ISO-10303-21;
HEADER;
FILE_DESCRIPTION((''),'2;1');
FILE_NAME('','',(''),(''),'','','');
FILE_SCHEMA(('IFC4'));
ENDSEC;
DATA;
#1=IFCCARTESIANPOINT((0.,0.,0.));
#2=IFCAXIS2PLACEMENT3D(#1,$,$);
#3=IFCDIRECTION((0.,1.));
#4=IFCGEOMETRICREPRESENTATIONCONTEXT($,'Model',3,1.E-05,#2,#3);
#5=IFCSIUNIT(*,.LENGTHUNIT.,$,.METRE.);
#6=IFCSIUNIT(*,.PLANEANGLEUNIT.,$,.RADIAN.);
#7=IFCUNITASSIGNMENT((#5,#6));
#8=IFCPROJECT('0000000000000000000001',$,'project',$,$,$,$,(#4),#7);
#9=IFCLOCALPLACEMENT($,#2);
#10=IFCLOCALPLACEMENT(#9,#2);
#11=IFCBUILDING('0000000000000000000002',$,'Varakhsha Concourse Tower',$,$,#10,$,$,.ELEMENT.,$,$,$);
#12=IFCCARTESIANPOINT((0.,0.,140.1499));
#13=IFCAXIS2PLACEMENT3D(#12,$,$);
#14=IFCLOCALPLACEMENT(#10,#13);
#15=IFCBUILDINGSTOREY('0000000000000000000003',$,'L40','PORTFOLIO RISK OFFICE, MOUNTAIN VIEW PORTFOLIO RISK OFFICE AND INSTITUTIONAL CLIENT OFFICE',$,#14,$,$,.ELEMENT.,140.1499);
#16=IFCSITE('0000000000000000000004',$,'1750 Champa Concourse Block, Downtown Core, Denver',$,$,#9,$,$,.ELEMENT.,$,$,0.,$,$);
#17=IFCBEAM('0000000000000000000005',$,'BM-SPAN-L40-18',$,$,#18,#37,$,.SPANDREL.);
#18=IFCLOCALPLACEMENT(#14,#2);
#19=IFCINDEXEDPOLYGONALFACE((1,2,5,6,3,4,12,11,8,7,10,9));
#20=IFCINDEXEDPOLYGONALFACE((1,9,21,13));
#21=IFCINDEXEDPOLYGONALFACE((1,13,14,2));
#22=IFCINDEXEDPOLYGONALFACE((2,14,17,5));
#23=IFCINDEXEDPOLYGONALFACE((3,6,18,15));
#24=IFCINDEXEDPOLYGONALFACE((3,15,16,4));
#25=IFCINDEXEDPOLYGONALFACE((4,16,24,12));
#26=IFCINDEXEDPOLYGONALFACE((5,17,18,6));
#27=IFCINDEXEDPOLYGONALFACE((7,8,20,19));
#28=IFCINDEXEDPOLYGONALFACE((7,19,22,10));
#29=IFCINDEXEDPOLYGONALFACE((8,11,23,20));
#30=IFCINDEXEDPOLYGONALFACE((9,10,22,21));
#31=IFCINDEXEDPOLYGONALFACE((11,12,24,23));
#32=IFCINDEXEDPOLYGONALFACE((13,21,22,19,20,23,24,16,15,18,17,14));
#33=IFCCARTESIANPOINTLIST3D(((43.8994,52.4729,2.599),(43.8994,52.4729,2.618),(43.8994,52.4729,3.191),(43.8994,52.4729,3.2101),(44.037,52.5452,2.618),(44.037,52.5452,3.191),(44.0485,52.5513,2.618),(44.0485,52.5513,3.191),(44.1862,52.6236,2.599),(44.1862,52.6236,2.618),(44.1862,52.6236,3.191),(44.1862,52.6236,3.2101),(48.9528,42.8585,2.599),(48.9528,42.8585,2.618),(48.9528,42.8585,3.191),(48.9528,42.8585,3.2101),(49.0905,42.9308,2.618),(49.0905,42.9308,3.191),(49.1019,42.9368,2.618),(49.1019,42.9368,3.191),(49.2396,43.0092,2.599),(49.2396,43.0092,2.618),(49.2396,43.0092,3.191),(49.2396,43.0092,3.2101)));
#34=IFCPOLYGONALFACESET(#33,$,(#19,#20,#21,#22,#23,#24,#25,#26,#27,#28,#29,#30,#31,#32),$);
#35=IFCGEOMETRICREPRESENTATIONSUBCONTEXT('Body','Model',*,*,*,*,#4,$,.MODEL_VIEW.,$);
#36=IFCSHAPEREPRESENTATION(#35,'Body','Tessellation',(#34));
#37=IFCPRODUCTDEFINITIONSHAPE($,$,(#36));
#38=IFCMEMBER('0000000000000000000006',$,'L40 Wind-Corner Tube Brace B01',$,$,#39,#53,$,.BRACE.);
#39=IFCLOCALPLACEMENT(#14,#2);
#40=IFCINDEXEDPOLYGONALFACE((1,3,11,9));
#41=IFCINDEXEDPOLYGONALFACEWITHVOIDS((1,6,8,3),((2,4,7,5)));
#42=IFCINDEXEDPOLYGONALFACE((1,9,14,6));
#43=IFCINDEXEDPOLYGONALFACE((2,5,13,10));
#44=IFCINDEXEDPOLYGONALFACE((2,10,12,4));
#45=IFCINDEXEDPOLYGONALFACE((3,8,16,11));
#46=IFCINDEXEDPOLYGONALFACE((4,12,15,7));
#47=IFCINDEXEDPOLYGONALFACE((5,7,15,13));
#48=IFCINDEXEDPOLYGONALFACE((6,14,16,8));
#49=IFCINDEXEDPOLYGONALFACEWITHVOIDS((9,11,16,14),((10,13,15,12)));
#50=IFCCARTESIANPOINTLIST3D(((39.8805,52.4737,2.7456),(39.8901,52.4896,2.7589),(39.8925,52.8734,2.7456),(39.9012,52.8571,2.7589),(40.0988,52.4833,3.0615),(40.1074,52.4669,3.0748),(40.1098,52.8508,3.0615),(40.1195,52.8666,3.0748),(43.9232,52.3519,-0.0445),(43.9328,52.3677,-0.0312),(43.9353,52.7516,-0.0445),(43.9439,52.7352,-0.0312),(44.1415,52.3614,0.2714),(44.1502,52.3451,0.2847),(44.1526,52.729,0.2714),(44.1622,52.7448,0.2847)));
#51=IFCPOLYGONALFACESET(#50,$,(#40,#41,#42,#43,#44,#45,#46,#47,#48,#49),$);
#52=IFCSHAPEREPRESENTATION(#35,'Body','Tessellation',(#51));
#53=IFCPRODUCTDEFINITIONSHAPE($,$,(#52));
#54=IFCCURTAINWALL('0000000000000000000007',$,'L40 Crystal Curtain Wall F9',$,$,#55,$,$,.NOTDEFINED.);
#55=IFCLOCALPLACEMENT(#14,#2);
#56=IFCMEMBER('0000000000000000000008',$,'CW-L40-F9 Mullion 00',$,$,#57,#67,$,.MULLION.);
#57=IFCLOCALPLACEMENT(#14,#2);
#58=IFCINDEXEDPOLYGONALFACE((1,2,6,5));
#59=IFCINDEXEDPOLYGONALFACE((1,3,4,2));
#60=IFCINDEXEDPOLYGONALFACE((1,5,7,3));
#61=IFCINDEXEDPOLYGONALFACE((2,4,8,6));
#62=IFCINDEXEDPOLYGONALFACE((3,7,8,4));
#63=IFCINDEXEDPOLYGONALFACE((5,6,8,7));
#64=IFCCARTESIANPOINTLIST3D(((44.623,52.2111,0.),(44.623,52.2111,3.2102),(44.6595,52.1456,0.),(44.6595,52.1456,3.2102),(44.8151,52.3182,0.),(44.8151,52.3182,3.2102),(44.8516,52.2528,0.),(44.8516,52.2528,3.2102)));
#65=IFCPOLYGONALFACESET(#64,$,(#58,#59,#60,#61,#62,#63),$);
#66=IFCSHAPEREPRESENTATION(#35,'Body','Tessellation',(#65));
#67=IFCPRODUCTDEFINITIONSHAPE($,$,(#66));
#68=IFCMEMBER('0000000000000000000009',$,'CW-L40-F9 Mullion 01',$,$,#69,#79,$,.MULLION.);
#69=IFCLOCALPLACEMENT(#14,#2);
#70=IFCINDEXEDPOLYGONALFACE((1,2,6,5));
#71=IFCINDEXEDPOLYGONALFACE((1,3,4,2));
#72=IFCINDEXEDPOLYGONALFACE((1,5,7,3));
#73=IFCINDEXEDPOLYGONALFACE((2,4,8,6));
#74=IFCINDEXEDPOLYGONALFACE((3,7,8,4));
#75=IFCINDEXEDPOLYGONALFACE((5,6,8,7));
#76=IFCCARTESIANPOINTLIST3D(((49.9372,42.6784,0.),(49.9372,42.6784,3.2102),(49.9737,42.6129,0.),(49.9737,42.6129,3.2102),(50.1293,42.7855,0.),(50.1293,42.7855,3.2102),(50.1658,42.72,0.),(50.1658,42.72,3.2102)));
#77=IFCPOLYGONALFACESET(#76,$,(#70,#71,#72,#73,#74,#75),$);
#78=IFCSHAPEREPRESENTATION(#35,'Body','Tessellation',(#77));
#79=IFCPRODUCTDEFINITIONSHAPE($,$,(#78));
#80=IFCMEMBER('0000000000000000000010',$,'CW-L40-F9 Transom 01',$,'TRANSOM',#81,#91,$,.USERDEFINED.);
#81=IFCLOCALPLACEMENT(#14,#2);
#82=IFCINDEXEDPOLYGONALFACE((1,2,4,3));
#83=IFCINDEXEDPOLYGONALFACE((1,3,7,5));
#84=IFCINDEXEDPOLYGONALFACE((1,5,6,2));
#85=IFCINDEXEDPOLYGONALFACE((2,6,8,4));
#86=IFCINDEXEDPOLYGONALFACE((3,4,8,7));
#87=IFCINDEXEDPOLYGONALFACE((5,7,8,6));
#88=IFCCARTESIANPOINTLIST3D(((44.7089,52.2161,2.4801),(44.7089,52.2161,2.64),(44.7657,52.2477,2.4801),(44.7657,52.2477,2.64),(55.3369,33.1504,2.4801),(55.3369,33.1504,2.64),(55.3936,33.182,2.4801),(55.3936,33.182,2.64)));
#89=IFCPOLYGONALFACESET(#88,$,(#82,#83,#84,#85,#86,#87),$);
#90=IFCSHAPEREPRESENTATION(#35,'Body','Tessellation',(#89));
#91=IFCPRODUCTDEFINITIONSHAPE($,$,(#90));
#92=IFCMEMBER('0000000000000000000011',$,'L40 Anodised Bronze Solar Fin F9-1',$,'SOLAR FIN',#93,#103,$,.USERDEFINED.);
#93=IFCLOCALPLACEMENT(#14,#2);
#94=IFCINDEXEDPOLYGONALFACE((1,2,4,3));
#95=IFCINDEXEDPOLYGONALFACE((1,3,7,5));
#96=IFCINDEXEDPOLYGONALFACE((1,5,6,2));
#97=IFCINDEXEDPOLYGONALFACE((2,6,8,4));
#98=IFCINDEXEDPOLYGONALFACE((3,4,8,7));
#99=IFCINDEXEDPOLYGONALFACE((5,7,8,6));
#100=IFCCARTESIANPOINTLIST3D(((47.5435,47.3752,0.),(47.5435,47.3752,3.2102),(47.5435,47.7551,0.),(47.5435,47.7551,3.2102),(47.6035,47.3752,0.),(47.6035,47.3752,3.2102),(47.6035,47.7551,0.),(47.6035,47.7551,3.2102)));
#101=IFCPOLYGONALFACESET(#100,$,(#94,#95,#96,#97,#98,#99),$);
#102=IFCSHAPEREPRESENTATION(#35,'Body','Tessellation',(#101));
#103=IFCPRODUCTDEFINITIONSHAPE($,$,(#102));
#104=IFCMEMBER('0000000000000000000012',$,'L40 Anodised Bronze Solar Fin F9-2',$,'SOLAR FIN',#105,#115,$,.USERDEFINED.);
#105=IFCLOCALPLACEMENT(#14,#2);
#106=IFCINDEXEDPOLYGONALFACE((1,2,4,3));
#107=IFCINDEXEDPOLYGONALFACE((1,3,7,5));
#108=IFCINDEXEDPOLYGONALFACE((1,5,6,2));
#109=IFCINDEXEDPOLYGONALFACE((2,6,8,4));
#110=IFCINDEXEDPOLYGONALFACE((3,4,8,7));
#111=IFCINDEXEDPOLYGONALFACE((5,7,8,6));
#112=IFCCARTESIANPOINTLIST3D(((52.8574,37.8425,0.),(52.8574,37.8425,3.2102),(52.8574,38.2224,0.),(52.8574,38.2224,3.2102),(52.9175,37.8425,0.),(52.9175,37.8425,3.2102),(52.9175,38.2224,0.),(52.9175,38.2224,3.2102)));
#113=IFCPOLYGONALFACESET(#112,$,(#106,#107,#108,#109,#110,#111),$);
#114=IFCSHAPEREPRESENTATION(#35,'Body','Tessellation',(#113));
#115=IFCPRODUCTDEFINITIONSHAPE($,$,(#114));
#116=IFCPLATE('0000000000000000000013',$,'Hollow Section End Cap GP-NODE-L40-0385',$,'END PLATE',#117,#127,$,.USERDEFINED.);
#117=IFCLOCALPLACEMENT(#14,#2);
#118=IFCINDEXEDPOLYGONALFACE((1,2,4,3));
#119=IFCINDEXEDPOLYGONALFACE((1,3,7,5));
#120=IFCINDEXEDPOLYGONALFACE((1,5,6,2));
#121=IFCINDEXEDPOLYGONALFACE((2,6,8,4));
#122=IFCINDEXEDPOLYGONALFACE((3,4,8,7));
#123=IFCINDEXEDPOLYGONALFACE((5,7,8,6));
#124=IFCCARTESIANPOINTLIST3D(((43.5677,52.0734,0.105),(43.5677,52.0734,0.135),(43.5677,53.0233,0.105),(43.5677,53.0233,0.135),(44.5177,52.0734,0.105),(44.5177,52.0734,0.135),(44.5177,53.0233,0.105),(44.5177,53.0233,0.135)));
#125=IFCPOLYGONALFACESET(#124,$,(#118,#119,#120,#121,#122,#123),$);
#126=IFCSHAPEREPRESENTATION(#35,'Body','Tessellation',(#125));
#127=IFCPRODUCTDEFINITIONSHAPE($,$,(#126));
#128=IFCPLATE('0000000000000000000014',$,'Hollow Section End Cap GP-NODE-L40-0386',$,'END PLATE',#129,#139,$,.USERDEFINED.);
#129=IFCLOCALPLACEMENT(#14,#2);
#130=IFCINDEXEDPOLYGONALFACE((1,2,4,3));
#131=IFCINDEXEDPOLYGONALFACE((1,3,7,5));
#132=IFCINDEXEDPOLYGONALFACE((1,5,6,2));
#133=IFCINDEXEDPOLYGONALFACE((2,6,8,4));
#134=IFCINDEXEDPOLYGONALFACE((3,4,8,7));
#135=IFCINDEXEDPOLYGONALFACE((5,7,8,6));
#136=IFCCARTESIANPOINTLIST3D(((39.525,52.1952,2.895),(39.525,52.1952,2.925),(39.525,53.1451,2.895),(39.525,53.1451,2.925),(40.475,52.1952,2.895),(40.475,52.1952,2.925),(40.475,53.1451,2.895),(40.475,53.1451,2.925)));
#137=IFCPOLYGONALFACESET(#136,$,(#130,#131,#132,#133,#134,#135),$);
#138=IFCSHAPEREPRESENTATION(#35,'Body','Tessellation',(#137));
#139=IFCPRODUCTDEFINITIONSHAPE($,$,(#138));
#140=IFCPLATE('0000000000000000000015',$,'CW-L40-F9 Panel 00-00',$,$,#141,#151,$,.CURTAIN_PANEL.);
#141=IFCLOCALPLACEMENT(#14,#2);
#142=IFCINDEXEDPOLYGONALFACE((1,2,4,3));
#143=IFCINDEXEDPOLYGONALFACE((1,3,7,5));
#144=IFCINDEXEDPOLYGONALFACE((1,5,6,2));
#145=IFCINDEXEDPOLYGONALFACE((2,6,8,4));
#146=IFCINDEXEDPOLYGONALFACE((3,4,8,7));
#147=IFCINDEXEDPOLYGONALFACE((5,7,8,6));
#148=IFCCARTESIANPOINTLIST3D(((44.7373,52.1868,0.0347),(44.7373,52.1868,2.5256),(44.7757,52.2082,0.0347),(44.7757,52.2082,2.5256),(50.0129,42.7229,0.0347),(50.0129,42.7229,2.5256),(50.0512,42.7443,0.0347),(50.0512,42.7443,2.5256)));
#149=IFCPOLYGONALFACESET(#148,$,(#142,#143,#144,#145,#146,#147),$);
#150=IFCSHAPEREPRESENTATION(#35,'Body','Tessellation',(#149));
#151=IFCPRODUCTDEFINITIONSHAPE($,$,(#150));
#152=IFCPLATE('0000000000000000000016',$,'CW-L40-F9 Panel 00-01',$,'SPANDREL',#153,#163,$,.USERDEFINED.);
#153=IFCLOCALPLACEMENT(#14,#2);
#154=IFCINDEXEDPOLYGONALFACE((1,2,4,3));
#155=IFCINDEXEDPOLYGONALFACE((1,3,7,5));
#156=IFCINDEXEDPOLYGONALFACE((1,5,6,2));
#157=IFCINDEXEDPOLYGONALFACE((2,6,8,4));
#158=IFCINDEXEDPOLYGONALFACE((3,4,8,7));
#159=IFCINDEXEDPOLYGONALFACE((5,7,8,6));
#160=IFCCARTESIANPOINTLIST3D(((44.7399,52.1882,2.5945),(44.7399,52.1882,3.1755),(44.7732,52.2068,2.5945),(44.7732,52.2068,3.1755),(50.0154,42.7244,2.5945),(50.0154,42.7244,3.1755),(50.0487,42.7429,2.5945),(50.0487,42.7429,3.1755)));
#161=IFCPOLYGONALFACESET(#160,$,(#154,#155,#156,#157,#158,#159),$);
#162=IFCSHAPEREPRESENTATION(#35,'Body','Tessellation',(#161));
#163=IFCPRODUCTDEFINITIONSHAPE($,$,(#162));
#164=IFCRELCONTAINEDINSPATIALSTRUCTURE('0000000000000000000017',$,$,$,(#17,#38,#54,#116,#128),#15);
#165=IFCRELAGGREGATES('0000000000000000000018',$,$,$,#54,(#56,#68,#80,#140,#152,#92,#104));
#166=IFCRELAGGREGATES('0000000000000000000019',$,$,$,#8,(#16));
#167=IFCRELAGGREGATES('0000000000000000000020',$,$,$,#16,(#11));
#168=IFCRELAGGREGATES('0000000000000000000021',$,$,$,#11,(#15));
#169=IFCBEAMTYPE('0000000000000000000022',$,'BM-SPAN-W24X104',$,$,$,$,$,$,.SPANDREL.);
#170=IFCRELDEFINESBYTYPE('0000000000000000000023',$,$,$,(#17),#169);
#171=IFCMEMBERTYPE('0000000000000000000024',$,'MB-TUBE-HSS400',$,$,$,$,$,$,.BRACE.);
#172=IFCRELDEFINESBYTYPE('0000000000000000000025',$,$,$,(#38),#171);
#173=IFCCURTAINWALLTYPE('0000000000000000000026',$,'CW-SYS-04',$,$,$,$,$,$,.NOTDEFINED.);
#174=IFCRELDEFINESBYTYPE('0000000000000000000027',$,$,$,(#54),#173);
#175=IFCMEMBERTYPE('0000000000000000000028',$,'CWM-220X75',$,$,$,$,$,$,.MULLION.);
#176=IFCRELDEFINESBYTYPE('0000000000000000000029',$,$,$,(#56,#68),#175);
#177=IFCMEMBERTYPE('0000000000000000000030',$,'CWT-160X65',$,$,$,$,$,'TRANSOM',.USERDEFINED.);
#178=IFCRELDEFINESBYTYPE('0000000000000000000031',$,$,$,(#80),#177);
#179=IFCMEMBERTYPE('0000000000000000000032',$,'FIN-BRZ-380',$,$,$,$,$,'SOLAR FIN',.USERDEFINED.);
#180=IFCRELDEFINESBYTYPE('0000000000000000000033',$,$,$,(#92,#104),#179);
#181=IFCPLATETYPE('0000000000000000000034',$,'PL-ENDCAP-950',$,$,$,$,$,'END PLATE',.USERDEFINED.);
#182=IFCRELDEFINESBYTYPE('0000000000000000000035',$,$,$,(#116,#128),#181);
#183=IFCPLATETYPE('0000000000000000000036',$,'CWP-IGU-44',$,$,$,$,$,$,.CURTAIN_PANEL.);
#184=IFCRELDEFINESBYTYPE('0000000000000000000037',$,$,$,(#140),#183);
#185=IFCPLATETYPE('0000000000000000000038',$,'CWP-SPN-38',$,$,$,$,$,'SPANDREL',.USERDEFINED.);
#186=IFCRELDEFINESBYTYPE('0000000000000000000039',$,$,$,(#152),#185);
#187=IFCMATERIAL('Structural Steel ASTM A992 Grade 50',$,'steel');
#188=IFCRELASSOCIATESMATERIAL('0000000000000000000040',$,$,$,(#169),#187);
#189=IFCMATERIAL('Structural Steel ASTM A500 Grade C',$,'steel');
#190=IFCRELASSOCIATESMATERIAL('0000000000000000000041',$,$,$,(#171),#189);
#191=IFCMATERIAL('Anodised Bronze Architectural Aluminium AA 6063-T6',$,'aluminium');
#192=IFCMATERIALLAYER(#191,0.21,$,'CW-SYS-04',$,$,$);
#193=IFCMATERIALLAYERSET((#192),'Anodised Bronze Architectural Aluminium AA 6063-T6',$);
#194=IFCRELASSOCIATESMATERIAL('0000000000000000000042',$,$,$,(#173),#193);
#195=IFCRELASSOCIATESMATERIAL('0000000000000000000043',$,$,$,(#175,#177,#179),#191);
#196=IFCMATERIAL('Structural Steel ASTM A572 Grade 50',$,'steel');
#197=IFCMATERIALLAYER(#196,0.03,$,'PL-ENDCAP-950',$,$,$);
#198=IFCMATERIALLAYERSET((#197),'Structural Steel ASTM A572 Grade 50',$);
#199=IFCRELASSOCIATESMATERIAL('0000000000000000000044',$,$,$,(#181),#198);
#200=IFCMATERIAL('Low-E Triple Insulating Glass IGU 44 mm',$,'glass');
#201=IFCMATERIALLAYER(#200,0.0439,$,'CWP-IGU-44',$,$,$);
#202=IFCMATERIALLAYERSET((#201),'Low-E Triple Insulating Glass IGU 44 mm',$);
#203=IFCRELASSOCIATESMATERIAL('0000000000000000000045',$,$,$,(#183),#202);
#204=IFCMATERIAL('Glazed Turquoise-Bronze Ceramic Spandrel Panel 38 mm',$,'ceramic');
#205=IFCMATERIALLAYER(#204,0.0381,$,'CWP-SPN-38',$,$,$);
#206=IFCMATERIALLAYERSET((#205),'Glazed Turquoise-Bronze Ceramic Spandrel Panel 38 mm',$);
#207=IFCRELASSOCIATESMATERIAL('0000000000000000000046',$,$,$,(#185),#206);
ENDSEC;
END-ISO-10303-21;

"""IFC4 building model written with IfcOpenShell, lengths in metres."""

from ifc_helpers import new_model, si_unit, direction, frame, origin, origin_2d, place, context, subcontext, project, spatial, rectangle, hollow_rectangle, i_section, extrude, source, transform, mapped, material, layer, layer_set, material_profile, profile_set, type_object, type_shapes, element, aggregate, save


model = new_model("IFC4")

# Units and contexts
model_context = context("Model", 3, precision=1e-05, world=origin(), true_north=direction((0.0, 1.0)))
body_context = subcontext(model_context, "Body", "Model", "MODEL_VIEW")
ifc_project = project(units=[si_unit("LENGTHUNIT", "METRE"), si_unit("PLANEANGLEUNIT", "RADIAN")], contexts=[model_context])

# Site, building, storey
site_placement = place(None, origin())
site = spatial("IfcSite", under=ifc_project, at=site_placement, Name="1750 Champa Concourse Block, Downtown Core, Denver", CompositionType="ELEMENT", RefElevation=0.0)
building_placement = place(site_placement, origin())
building = spatial("IfcBuilding", under=site, at=building_placement, Name="Varakhsha Concourse Tower", CompositionType="ELEMENT")
storey_placement = place(building_placement, frame((0.0, 0.0, 140.1499)))
storey = spatial("IfcBuildingStorey", under=building, at=storey_placement, Name="L40", Description="PORTFOLIO RISK OFFICE, MOUNTAIN VIEW PORTFOLIO RISK OFFICE AND INSTITUTIONAL CLIENT OFFICE", CompositionType="ELEMENT", Elevation=140.1499)

# Shared definitions
ifc_material_1 = material(Name="Structural Steel ASTM A992 Grade 50", Category="steel")
ifc_material_2 = material(Name="Structural Steel ASTM A572 Grade 50", Category="steel")

# Beam
ifc_material_profile_1 = material_profile(ifc_material_1, i_section(OverallWidth=0.324, OverallDepth=0.6111, WebThickness=0.0129, FlangeThickness=0.019, at=origin_2d()), Name="W24X104")
ifc_profile_set_1 = profile_set([ifc_material_profile_1], Name="Structural Steel ASTM A992 Grade 50")
beam_type_1 = type_object("IfcBeamType", Name="BM-SPAN-W24X104", PredefinedType="SPANDREL", material=ifc_profile_set_1)
beam_1_placement = place(storey_placement, frame((49.0962, 42.9338, 2.9045), z_axis=(-0.465256, 0.885176, 0.0), x_axis=(-0.885176, -0.465256, 0.0)))
element("IfcBeam", 1, at=beam_1_placement, inside=storey, type_object=beam_type_1, Name="BM-SPAN-L40-18", PredefinedType="SPANDREL", context=body_context, shape_type="SweptSolid", body=[
    extrude(i_section(OverallWidth=0.324, OverallDepth=0.6111, WebThickness=0.0129, FlangeThickness=0.019, at=origin_2d()), origin(), (0.0, 0.0, 1.0), 10.8616),
])

# Member
ifc_material_3 = material(Name="Structural Steel ASTM A500 Grade C", Category="steel")
ifc_material_profile_2 = material_profile(ifc_material_3, hollow_rectangle(XDim=0.3999, YDim=0.3999, WallThickness=0.0161, at=origin_2d()), Name="HSS 400x400x16")
ifc_profile_set_2 = profile_set([ifc_material_profile_2], Name="Structural Steel ASTM A500 Grade C")
member_type_1 = type_object("IfcMemberType", Name="MB-TUBE-HSS400", PredefinedType="BRACE", material=ifc_profile_set_2)
shared_shape_1 = source(origin(), body_context, "Body", "SweptSolid", [
    extrude(hollow_rectangle(XDim=0.3999, YDim=0.3999, WallThickness=0.0161, at=origin_2d()), origin(), (0.0, 0.0, 1.0), 4.9136),
])
type_shapes(member_type_1, [shared_shape_1])
member_1_placement = place(storey_placement, frame((44.0427, 52.5483, 0.1201), z_axis=(-0.822774, 0.024794, 0.567828), x_axis=(-0.030121, -0.999546, 0.0)))
element("IfcMember", 2, at=member_1_placement, inside=storey, type_object=member_type_1, Name="L40 Wind-Corner Tube Brace B01", PredefinedType="BRACE", context=body_context, shape_type="MappedRepresentation", body=[
    mapped(shared_shape_1, transform((0.0, 0.0, 0.0), scale=1.0)),
])

# Curtain wall, members
ifc_material_4 = material(Name="Anodised Bronze Architectural Aluminium AA 6063-T6", Category="aluminium")
ifc_layer_1 = layer(ifc_material_4, 0.21, Name="CW-SYS-04")
ifc_layer_set_1 = layer_set([ifc_layer_1], Name="Anodised Bronze Architectural Aluminium AA 6063-T6")
curtain_wall_type = type_object("IfcCurtainWallType", Name="CW-SYS-04", PredefinedType="NOTDEFINED", material=ifc_layer_set_1)
curtain_wall_placement = place(storey_placement, origin())
curtain_wall = element("IfcCurtainWall", 3, at=curtain_wall_placement, inside=storey, type_object=curtain_wall_type, Name="L40 Crystal Curtain Wall F9", PredefinedType="NOTDEFINED")
ifc_material_profile_3 = material_profile(ifc_material_4, rectangle(XDim=0.075, YDim=0.22, at=origin_2d()), Name="CWM-220X75")
ifc_profile_set_3 = profile_set([ifc_material_profile_3], Name="Anodised Bronze Architectural Aluminium AA 6063-T6")
member_type_2 = type_object("IfcMemberType", Name="CWM-220X75", PredefinedType="MULLION", material=ifc_profile_set_3)
shared_shape_2 = source(origin(), body_context, "Body", "SweptSolid", [
    extrude(rectangle(XDim=0.075, YDim=0.22, at=origin_2d()), origin(), (0.0, 0.0, 1.0), 3.2102),
])
type_shapes(member_type_2, [shared_shape_2])
member_2_placement = place(storey_placement, frame((44.7373, 52.2319, 0.0), z_axis=(0.0, 0.0, 1.0), x_axis=(0.4869, -0.873458, 0.0)))
member_2 = element("IfcMember", 4, at=member_2_placement, type_object=member_type_2, Name="CW-L40-F9 Mullion 00", PredefinedType="MULLION", context=body_context, shape_type="MappedRepresentation", body=[
    mapped(shared_shape_2, transform((0.0, 0.0, 0.0), scale=1.0)),
])
member_3_placement = place(storey_placement, frame((50.0515, 42.6992, 0.0), z_axis=(0.0, 0.0, 1.0), x_axis=(0.4869, -0.873458, 0.0)))
member_3 = element("IfcMember", 5, at=member_3_placement, type_object=member_type_2, Name="CW-L40-F9 Mullion 01", PredefinedType="MULLION", context=body_context, shape_type="MappedRepresentation", body=[
    mapped(shared_shape_2, transform((0.0, 0.0, 0.0), scale=1.0)),
])
ifc_material_profile_4 = material_profile(ifc_material_4, rectangle(XDim=0.0649, YDim=0.1599, at=origin_2d()), Name="CWT-160X65")
ifc_profile_set_4 = profile_set([ifc_material_profile_4], Name="Anodised Bronze Architectural Aluminium AA 6063-T6")
member_type_3 = type_object("IfcMemberType", Name="CWT-160X65", ElementType="TRANSOM", PredefinedType="USERDEFINED", material=ifc_profile_set_4)
shared_shape_3 = source(origin(), body_context, "Body", "SweptSolid", [
    extrude(rectangle(XDim=0.0649, YDim=0.1599, at=origin_2d()), origin(), (0.0, 0.0, 1.0), 21.8279),
])
type_shapes(member_type_3, [shared_shape_3])
member_4_placement = place(storey_placement, frame((44.7373, 52.2319, 2.5601), z_axis=(0.486899, -0.873458, 0.0), x_axis=(0.873458, 0.486899, 0.0)))
member_4 = element("IfcMember", 6, at=member_4_placement, type_object=member_type_3, Name="CW-L40-F9 Transom 01", ObjectType="TRANSOM", PredefinedType="USERDEFINED", context=body_context, shape_type="MappedRepresentation", body=[
    mapped(shared_shape_3, transform((0.0, 0.0, 0.0), scale=1.0)),
])
ifc_material_profile_5 = material_profile(ifc_material_4, rectangle(XDim=0.0601, YDim=0.3799, at=origin_2d()), Name="FIN-BRZ-380")
ifc_profile_set_5 = profile_set([ifc_material_profile_5], Name="Anodised Bronze Architectural Aluminium AA 6063-T6")
member_type_4 = type_object("IfcMemberType", Name="FIN-BRZ-380", ElementType="SOLAR FIN", PredefinedType="USERDEFINED", material=ifc_profile_set_5)
shared_shape_4 = source(origin(), body_context, "Body", "SweptSolid", [
    extrude(rectangle(XDim=0.0601, YDim=0.3799, at=origin_2d()), origin(), (0.0, 0.0, 1.0), 3.2102),
])
type_shapes(member_type_4, [shared_shape_4])
member_5_placement = place(storey_placement, frame((47.5735, 47.5652, 0.0), z_axis=(0.0, 0.0, 1.0), x_axis=(1.0, 0.0, 0.0)))
member_5 = element("IfcMember", 7, at=member_5_placement, type_object=member_type_4, Name="L40 Anodised Bronze Solar Fin F9-1", ObjectType="SOLAR FIN", PredefinedType="USERDEFINED", context=body_context, shape_type="MappedRepresentation", body=[
    mapped(shared_shape_4, transform((0.0, 0.0, 0.0), scale=1.0)),
])
member_6_placement = place(storey_placement, frame((52.8875, 38.0325, 0.0), z_axis=(0.0, 0.0, 1.0), x_axis=(1.0, 0.0, 0.0)))
member_6 = element("IfcMember", 8, at=member_6_placement, type_object=member_type_4, Name="L40 Anodised Bronze Solar Fin F9-2", ObjectType="SOLAR FIN", PredefinedType="USERDEFINED", context=body_context, shape_type="MappedRepresentation", body=[
    mapped(shared_shape_4, transform((0.0, 0.0, 0.0), scale=1.0)),
])

# Plates
ifc_layer_2 = layer(ifc_material_2, 0.03, Name="PL-ENDCAP-950")
ifc_layer_set_2 = layer_set([ifc_layer_2], Name="Structural Steel ASTM A572 Grade 50")
plate_type_1 = type_object("IfcPlateType", Name="PL-ENDCAP-950", ElementType="END PLATE", PredefinedType="USERDEFINED", material=ifc_layer_set_2)
shared_shape_5 = source(origin(), body_context, "Body", "SweptSolid", [
    extrude(rectangle(XDim=0.95, YDim=0.95, at=origin_2d()), origin(), (0.0, 0.0, 1.0), 0.03),
])
type_shapes(plate_type_1, [shared_shape_5])
for number, where, z_axis, x_axis, name in (
    (9, (44.0427, 52.5483, 0.105), (0.0, 0.0, 1.0), (1.0, 0.0, 0.0), "Hollow Section End Cap GP-NODE-L40-0385"),
    (10, (40.0, 52.6702, 2.895), (0.0, 0.0, 1.0), (1.0, 0.0, 0.0), "Hollow Section End Cap GP-NODE-L40-0386"),
):
    element("IfcPlate", number, at=place(storey_placement, frame(where, z_axis=z_axis, x_axis=x_axis)), inside=storey, type_object=plate_type_1, Name=name, ObjectType="END PLATE", PredefinedType="USERDEFINED", context=body_context, shape_type="MappedRepresentation", body=[
        mapped(shared_shape_5, transform((0.0, 0.0, 0.0), scale=1.0)),
    ])

# Plates
ifc_material_5 = material(Name="Low-E Triple Insulating Glass IGU 44 mm", Category="glass")
ifc_layer_3 = layer(ifc_material_5, 0.0439, Name="CWP-IGU-44")
ifc_layer_set_3 = layer_set([ifc_layer_3], Name="Low-E Triple Insulating Glass IGU 44 mm")
plate_type_2 = type_object("IfcPlateType", Name="CWP-IGU-44", PredefinedType="CURTAIN_PANEL", material=ifc_layer_set_3)
shared_shape_6 = source(origin(), body_context, "Body", "SweptSolid", [
    extrude(rectangle(XDim=10.835, YDim=0.0439, at=origin_2d()), origin(), (0.0, 0.0, 1.0), 2.491),
])
type_shapes(plate_type_2, [shared_shape_6])
plate_1_placement = place(storey_placement, frame((47.3943, 47.4656, 0.0347), z_axis=(0.0, 0.0, 1.0), x_axis=(0.4869, -0.873458, 0.0)))
plate_1 = element("IfcPlate", 11, at=plate_1_placement, type_object=plate_type_2, Name="CW-L40-F9 Panel 00-00", PredefinedType="CURTAIN_PANEL", context=body_context, shape_type="MappedRepresentation", body=[
    mapped(shared_shape_6, transform((0.0, 0.0, 0.0), scale=1.0)),
])
ifc_material_6 = material(Name="Glazed Turquoise-Bronze Ceramic Spandrel Panel 38 mm", Category="ceramic")
ifc_layer_4 = layer(ifc_material_6, 0.0381, Name="CWP-SPN-38")
ifc_layer_set_4 = layer_set([ifc_layer_4], Name="Glazed Turquoise-Bronze Ceramic Spandrel Panel 38 mm")
plate_type_3 = type_object("IfcPlateType", Name="CWP-SPN-38", ElementType="SPANDREL", PredefinedType="USERDEFINED", material=ifc_layer_set_4)
shared_shape_7 = source(origin(), body_context, "Body", "SweptSolid", [
    extrude(rectangle(XDim=10.835, YDim=0.0381, at=origin_2d()), origin(), (0.0, 0.0, 1.0), 0.5811),
])
type_shapes(plate_type_3, [shared_shape_7])
plate_2_placement = place(storey_placement, frame((47.3943, 47.4656, 2.5945), z_axis=(0.0, 0.0, 1.0), x_axis=(0.4869, -0.873458, 0.0)))
plate_2 = element("IfcPlate", 12, at=plate_2_placement, type_object=plate_type_3, Name="CW-L40-F9 Panel 00-01", ObjectType="SPANDREL", PredefinedType="USERDEFINED", context=body_context, shape_type="MappedRepresentation", body=[
    mapped(shared_shape_7, transform((0.0, 0.0, 0.0), scale=1.0)),
])
aggregate(curtain_wall, [member_2, member_3, member_4, plate_1, plate_2, member_5, member_6])

save(model, "model.ifc")
